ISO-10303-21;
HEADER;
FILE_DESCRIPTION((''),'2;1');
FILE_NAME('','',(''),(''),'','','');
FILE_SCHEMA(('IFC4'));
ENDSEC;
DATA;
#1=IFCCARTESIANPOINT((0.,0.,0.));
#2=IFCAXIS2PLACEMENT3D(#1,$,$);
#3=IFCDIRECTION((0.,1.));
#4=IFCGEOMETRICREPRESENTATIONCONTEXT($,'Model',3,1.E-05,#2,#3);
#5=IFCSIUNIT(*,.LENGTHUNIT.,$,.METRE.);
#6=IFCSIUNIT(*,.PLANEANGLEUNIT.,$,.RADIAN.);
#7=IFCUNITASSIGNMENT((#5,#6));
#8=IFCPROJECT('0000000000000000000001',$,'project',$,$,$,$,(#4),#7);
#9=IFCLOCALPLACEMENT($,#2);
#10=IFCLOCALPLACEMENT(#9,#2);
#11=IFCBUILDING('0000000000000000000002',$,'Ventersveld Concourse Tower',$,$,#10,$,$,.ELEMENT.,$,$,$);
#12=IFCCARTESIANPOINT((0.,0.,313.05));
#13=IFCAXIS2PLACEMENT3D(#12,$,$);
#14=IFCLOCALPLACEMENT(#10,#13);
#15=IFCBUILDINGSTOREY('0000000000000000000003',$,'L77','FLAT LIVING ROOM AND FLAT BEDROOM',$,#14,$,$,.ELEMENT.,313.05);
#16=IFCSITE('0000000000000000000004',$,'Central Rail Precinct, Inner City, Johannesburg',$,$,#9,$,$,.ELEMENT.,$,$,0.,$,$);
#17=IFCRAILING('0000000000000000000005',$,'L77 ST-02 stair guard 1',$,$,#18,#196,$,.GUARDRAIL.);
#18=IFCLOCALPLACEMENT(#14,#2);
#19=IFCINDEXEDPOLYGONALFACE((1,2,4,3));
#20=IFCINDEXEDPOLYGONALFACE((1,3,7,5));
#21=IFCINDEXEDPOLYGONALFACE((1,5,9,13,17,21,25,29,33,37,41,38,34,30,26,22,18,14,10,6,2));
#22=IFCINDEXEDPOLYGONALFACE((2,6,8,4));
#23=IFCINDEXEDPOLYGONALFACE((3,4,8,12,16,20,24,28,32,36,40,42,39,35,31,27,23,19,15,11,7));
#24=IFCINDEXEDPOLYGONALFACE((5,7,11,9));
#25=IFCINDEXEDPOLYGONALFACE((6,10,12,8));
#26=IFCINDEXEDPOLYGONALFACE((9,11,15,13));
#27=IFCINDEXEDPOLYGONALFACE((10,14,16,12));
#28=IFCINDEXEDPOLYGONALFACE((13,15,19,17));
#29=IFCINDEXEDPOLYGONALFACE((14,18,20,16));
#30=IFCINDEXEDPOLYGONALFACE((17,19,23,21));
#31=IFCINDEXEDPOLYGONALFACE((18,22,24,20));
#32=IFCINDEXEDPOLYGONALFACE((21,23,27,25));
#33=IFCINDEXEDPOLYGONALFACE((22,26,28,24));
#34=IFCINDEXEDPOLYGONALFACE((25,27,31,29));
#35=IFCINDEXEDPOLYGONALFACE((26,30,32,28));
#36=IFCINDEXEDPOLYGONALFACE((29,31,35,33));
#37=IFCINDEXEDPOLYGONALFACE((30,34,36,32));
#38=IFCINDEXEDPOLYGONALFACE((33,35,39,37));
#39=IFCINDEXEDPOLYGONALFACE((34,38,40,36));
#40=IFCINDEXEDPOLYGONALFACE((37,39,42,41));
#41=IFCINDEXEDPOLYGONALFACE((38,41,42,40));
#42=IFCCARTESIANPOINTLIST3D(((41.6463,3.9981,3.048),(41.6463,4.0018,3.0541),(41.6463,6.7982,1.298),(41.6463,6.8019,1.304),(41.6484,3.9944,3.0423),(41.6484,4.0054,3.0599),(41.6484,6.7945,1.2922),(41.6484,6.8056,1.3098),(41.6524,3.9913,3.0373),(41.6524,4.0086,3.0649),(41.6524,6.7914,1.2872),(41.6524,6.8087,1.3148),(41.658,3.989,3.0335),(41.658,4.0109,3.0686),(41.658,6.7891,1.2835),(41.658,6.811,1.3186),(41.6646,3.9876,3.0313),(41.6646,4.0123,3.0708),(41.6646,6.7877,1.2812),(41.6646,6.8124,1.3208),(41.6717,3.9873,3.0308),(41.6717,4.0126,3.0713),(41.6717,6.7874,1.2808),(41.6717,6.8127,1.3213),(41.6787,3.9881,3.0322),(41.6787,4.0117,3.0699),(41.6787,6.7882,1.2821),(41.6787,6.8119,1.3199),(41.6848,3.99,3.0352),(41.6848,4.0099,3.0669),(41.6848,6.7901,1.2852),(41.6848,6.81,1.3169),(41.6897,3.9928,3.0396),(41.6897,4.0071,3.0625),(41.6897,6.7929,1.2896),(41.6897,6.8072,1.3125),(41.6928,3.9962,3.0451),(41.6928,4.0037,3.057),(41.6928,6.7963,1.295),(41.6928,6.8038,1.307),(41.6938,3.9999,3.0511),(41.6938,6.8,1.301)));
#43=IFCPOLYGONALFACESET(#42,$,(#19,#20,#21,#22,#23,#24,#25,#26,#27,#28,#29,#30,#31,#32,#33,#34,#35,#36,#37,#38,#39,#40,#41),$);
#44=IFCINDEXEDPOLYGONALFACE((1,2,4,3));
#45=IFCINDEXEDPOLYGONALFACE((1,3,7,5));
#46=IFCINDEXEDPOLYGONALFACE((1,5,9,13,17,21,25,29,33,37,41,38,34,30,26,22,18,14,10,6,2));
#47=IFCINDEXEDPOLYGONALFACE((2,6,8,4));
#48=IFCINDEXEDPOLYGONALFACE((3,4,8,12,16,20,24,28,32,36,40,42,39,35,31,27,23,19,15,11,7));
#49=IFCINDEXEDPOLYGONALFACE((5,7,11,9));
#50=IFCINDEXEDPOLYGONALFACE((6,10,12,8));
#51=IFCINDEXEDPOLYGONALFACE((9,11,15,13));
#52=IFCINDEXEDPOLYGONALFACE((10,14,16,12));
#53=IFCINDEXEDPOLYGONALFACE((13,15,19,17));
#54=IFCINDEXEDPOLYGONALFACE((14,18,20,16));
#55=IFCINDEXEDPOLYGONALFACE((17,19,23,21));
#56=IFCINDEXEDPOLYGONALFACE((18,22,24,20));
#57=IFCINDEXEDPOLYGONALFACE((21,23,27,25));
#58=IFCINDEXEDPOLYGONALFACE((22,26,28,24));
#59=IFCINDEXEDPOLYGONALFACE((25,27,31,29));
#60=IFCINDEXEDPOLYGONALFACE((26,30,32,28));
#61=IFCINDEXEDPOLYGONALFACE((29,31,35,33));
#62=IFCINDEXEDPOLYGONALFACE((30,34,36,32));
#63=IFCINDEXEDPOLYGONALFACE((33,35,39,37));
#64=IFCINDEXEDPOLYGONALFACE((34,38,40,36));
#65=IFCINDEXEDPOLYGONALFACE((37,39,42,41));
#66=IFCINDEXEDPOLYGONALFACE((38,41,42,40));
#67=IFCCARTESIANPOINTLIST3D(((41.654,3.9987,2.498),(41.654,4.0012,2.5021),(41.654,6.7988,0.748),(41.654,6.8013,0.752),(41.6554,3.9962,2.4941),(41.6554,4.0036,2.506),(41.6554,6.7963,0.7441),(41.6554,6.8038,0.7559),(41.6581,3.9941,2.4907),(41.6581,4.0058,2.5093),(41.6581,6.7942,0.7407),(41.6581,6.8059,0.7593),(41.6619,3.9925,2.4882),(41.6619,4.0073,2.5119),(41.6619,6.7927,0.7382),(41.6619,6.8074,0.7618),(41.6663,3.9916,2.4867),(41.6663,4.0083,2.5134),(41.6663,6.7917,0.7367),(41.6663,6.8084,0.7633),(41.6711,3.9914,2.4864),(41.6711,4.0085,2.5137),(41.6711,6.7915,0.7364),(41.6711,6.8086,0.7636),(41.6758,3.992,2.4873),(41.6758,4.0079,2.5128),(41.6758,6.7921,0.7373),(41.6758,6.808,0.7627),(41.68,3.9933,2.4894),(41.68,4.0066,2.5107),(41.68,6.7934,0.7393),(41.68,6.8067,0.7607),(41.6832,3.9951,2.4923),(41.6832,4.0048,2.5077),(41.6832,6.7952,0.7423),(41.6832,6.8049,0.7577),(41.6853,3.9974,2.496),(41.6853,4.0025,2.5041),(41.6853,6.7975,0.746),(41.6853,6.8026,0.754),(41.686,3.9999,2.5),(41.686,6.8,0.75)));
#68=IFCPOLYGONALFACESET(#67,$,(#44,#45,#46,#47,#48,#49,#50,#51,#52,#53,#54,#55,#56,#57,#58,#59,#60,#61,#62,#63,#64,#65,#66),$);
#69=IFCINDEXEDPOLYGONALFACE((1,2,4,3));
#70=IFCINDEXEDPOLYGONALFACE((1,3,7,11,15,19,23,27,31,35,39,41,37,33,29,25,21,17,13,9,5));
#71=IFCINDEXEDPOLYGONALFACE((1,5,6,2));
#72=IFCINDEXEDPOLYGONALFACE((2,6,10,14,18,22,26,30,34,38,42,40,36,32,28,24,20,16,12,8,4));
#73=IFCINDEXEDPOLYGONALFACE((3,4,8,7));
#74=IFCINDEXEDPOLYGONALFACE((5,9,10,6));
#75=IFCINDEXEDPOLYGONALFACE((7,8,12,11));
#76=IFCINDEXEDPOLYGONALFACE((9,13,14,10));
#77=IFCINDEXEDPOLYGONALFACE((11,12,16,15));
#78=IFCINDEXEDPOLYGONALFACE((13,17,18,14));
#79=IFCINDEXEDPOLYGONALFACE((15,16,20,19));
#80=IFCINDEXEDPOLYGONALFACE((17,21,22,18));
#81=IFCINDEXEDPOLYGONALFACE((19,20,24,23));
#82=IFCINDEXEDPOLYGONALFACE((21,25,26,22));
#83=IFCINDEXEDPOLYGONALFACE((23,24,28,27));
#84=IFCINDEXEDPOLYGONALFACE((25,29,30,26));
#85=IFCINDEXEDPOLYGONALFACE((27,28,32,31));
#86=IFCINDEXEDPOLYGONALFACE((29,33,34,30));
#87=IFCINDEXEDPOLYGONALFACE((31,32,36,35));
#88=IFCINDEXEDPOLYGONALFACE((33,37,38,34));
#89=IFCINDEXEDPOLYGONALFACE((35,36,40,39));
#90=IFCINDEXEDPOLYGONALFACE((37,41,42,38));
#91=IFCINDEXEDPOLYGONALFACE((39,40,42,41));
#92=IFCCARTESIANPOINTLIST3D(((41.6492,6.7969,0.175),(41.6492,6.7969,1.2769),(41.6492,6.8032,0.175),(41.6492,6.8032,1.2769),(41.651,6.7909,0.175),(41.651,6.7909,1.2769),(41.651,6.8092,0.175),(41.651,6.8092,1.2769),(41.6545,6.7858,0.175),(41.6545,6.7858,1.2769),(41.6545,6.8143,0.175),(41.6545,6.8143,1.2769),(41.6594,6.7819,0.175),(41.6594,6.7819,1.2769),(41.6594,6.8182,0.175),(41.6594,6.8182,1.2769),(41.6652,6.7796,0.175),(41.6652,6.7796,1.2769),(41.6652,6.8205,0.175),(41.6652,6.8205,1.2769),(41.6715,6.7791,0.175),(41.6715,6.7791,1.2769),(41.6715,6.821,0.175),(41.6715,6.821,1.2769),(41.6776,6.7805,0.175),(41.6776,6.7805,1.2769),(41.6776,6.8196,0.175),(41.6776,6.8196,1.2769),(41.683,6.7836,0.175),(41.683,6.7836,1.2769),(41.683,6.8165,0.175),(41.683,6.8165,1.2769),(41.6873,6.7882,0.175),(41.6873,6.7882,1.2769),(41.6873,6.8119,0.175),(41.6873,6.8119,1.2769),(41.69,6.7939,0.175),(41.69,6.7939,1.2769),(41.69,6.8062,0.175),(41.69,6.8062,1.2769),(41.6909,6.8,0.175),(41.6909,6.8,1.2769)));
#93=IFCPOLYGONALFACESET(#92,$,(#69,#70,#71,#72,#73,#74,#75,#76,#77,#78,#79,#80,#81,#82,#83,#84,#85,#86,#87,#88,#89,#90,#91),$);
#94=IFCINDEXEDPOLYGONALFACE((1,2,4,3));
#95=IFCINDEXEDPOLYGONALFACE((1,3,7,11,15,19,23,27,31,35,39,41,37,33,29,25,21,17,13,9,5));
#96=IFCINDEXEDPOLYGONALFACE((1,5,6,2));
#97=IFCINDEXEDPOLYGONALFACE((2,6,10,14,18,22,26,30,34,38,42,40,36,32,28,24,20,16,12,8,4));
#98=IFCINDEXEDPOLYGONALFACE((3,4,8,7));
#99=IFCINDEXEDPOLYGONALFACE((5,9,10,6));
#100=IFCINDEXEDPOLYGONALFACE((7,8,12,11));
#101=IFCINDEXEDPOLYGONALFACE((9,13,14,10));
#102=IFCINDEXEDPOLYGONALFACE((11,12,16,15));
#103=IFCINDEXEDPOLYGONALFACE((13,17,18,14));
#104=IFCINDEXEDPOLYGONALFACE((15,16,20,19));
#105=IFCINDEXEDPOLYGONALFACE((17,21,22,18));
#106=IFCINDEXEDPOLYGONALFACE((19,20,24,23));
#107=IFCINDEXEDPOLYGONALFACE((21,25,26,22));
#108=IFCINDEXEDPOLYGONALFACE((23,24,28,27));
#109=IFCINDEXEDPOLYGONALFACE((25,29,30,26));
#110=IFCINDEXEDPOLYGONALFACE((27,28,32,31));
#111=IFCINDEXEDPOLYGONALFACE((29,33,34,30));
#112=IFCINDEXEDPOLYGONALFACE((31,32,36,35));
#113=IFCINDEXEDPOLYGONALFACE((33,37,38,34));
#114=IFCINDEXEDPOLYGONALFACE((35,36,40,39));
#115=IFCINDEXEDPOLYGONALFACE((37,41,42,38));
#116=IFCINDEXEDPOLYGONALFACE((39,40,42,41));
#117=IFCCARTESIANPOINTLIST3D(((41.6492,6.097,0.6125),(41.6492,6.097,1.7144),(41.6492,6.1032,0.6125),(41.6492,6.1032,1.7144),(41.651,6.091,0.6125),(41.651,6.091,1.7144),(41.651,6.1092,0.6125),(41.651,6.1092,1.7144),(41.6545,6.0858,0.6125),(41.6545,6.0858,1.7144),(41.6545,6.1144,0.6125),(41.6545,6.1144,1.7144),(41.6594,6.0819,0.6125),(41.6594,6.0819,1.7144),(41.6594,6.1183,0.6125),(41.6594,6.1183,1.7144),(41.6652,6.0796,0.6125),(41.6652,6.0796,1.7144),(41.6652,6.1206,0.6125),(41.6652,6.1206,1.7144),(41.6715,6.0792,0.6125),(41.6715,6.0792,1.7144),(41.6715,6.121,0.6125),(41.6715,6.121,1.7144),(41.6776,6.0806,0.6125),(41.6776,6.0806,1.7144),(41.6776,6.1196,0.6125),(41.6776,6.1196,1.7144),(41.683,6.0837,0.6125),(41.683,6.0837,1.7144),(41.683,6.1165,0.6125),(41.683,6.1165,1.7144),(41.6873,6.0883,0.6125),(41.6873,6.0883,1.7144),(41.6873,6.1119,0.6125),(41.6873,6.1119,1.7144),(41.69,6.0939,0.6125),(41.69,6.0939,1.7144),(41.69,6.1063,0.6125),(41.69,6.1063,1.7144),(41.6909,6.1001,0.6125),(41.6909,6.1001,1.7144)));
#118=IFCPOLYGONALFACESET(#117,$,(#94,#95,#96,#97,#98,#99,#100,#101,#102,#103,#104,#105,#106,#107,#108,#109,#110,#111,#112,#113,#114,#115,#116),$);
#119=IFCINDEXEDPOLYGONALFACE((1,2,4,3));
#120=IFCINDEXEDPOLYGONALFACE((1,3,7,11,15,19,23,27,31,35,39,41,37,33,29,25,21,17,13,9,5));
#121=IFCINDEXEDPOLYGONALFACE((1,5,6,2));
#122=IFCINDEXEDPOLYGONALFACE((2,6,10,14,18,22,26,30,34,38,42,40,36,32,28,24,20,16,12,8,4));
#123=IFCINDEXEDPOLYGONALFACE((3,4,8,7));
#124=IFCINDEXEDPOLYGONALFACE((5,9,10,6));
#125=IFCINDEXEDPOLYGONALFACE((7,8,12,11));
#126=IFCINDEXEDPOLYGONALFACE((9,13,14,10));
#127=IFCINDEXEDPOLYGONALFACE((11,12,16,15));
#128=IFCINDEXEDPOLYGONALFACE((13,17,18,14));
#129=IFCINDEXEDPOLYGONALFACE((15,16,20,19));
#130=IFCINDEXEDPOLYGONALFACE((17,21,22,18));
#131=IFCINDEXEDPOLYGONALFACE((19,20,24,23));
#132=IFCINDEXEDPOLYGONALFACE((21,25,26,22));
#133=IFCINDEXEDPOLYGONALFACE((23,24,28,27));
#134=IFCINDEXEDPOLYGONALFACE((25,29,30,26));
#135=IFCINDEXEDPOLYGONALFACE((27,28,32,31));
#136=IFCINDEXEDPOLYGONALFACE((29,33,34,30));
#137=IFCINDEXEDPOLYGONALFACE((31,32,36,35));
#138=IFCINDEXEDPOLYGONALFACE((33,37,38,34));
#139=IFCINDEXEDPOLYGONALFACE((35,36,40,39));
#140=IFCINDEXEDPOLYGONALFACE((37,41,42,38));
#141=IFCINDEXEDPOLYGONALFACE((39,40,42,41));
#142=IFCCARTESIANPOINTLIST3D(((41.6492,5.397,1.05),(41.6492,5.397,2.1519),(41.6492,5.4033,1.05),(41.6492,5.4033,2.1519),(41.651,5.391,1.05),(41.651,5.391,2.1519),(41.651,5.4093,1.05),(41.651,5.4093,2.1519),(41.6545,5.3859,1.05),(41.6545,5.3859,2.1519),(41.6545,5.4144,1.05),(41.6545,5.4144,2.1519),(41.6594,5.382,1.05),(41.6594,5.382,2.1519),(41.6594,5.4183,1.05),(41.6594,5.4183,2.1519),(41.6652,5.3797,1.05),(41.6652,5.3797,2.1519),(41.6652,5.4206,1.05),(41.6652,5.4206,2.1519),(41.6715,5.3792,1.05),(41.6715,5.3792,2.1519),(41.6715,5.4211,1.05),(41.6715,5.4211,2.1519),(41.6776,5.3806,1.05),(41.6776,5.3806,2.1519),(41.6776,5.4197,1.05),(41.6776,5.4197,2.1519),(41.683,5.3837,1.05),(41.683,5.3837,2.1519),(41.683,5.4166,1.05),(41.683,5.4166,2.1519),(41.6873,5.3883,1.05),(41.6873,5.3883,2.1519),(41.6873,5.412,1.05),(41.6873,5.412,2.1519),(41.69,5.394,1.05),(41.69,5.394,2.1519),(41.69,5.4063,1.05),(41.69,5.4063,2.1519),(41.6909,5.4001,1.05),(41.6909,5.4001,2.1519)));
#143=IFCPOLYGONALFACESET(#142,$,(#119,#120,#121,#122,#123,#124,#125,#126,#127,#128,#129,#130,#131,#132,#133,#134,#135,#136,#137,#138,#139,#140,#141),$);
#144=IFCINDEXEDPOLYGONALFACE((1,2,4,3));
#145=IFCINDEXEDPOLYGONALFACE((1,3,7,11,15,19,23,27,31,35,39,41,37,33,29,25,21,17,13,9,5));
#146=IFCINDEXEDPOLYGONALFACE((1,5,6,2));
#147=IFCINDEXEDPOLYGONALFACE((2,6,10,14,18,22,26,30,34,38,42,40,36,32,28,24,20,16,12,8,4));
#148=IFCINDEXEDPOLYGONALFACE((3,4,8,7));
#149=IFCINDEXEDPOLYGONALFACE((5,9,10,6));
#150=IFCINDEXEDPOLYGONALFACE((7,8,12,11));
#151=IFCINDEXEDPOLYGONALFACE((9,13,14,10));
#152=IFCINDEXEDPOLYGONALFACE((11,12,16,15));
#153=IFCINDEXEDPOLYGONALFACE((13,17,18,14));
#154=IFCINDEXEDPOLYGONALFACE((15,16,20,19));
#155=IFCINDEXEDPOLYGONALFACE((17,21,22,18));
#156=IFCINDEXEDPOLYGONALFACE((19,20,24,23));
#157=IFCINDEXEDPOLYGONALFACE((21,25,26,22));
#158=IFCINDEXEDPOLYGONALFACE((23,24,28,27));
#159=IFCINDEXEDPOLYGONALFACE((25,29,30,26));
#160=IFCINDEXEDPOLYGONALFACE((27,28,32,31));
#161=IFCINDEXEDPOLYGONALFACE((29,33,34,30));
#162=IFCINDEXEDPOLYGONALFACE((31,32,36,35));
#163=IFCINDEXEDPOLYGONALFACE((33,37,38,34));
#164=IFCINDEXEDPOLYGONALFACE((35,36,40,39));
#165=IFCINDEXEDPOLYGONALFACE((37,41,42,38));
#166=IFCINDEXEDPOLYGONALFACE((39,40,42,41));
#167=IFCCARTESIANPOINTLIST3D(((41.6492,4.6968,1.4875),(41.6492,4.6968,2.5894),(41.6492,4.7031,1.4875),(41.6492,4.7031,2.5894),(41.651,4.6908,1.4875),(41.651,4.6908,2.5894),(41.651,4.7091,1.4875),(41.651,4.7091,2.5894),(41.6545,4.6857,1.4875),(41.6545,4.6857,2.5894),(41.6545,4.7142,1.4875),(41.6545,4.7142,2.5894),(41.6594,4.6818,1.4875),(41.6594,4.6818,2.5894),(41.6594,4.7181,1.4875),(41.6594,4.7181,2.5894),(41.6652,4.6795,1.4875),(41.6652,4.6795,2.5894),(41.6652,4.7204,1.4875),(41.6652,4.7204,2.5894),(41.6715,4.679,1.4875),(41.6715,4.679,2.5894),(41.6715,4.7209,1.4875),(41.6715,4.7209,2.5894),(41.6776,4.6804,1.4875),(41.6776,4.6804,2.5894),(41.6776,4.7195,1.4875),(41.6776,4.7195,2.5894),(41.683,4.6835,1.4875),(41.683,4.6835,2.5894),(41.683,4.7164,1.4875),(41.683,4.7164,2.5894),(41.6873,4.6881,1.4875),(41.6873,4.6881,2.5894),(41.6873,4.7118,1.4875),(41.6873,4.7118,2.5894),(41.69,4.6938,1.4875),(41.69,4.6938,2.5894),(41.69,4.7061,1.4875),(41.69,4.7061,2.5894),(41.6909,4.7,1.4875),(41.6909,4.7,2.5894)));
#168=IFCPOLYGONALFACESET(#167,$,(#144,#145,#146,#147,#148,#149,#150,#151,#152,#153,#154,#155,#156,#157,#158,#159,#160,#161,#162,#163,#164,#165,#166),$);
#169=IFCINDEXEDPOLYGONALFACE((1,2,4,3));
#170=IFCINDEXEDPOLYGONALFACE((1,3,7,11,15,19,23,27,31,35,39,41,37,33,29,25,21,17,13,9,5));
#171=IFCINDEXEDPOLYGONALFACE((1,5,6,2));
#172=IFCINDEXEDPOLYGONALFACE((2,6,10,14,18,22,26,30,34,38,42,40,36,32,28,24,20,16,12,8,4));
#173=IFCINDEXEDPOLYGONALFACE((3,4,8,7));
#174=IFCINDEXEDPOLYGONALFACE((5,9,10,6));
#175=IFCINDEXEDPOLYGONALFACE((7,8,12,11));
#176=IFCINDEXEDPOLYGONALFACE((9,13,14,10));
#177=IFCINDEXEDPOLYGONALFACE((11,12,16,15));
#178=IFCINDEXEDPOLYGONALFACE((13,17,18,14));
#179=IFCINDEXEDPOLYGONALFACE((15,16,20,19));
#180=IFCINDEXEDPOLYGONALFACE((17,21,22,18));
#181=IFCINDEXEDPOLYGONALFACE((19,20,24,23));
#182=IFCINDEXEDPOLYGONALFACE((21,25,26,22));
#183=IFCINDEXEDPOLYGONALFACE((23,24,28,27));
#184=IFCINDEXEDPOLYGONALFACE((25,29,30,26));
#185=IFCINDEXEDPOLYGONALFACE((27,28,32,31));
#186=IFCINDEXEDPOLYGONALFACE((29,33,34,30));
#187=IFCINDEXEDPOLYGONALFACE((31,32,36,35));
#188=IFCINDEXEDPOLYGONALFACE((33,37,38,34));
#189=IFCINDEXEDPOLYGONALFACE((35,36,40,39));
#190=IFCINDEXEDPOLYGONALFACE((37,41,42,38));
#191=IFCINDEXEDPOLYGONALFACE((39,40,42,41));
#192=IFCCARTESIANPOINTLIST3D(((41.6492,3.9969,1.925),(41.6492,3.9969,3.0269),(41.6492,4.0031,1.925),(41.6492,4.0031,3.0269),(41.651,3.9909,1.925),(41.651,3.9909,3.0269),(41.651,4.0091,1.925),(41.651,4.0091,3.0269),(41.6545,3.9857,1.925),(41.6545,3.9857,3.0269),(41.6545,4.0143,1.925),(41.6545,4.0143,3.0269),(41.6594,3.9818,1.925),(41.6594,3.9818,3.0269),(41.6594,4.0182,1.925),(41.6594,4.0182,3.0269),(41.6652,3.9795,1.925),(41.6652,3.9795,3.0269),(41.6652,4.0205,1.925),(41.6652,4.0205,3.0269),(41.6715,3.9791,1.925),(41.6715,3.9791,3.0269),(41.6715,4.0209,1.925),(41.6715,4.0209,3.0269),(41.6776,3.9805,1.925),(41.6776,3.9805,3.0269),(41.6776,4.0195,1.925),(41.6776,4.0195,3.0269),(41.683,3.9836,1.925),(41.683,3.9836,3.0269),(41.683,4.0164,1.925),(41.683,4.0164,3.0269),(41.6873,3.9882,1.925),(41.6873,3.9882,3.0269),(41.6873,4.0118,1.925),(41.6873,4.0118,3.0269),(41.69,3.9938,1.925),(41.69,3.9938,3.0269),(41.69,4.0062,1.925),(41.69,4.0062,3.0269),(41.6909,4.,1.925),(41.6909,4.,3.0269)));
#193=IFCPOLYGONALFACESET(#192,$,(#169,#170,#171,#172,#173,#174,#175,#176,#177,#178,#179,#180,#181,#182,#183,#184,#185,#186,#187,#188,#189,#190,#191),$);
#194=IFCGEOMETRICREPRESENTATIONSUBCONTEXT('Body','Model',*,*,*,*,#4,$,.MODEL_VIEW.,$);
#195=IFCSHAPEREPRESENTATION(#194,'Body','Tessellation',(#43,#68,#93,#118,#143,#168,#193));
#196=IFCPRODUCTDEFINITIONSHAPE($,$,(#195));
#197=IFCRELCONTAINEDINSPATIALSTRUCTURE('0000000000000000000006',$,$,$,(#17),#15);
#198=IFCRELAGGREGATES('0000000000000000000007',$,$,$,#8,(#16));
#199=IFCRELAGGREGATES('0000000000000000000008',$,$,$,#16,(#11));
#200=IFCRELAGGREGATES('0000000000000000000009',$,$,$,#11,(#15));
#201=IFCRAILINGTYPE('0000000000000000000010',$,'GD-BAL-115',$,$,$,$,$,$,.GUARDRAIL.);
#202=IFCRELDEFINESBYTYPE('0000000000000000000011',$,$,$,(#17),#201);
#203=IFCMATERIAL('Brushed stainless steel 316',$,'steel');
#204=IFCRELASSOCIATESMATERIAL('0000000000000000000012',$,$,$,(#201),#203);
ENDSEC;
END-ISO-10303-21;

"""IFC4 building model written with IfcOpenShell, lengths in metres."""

from ifc_helpers import new_model, si_unit, direction, frame, origin, origin_2d, place, context, subcontext, project, spatial, circle, extrude, material, type_object, element, save


model = new_model("IFC4")

# Units and contexts
model_context = context("Model", 3, precision=1e-05, world=origin(), true_north=direction((0.0, 1.0)))
body_context = subcontext(model_context, "Body", "Model", "MODEL_VIEW")
ifc_project = project(units=[si_unit("LENGTHUNIT", "METRE"), si_unit("PLANEANGLEUNIT", "RADIAN")], contexts=[model_context])

# Site, building, storey
site_placement = place(None, origin())
site = spatial("IfcSite", under=ifc_project, at=site_placement, Name="Central Rail Precinct, Inner City, Johannesburg", CompositionType="ELEMENT", RefElevation=0.0)
building_placement = place(site_placement, origin())
building = spatial("IfcBuilding", under=site, at=building_placement, Name="Ventersveld Concourse Tower", CompositionType="ELEMENT")
storey_placement = place(building_placement, frame((0.0, 0.0, 313.05)))
storey = spatial("IfcBuildingStorey", under=building, at=storey_placement, Name="L77", Description="FLAT LIVING ROOM AND FLAT BEDROOM", CompositionType="ELEMENT", Elevation=313.05)

# Shared definitions
ifc_material_1 = material(Name="Brushed stainless steel 316", Category="steel")

# Railing
railing_type_1 = type_object("IfcRailingType", Name="GD-BAL-115", PredefinedType="GUARDRAIL", material=ifc_material_1)
railing_1_placement = place(storey_placement, frame((41.6699, 6.8, 0.175)))
element("IfcRailing", 1, at=railing_1_placement, inside=storey, type_object=railing_type_1, Name="L77 ST-02 stair guard 1", PredefinedType="GUARDRAIL", context=body_context, shape_type="SweptSolid", body=[
    extrude(circle(Radius=0.0239, at=origin_2d()), frame((0.0, 0.0, 1.126), z_axis=(0.0, -0.848002, 0.529992), x_axis=(1.0, 0.0, 0.0)), (0.0, 0.0, 1.0), 3.302),
    extrude(circle(Radius=0.0161, at=origin_2d()), frame((0.0, 0.0, 0.575), z_axis=(0.0, -0.848002, 0.529992), x_axis=(1.0, 0.0, 0.0)), (0.0, 0.0, 1.0), 3.302),
    extrude(circle(Radius=0.021, at=origin_2d()), origin(), (0.0, 0.0, 1.0), 1.1018),
    extrude(circle(Radius=0.021, at=origin_2d()), frame((0.0, -0.7, 0.4375)), (0.0, 0.0, 1.0), 1.1018),
    extrude(circle(Radius=0.021, at=origin_2d()), frame((0.0, -1.3999, 0.875)), (0.0, 0.0, 1.0), 1.1018),
    extrude(circle(Radius=0.021, at=origin_2d()), frame((0.0, -2.1001, 1.3125)), (0.0, 0.0, 1.0), 1.1018),
    extrude(circle(Radius=0.021, at=origin_2d()), frame((0.0, -2.8, 1.75)), (0.0, 0.0, 1.0), 1.1018),
])

save(model, "model.ifc")
